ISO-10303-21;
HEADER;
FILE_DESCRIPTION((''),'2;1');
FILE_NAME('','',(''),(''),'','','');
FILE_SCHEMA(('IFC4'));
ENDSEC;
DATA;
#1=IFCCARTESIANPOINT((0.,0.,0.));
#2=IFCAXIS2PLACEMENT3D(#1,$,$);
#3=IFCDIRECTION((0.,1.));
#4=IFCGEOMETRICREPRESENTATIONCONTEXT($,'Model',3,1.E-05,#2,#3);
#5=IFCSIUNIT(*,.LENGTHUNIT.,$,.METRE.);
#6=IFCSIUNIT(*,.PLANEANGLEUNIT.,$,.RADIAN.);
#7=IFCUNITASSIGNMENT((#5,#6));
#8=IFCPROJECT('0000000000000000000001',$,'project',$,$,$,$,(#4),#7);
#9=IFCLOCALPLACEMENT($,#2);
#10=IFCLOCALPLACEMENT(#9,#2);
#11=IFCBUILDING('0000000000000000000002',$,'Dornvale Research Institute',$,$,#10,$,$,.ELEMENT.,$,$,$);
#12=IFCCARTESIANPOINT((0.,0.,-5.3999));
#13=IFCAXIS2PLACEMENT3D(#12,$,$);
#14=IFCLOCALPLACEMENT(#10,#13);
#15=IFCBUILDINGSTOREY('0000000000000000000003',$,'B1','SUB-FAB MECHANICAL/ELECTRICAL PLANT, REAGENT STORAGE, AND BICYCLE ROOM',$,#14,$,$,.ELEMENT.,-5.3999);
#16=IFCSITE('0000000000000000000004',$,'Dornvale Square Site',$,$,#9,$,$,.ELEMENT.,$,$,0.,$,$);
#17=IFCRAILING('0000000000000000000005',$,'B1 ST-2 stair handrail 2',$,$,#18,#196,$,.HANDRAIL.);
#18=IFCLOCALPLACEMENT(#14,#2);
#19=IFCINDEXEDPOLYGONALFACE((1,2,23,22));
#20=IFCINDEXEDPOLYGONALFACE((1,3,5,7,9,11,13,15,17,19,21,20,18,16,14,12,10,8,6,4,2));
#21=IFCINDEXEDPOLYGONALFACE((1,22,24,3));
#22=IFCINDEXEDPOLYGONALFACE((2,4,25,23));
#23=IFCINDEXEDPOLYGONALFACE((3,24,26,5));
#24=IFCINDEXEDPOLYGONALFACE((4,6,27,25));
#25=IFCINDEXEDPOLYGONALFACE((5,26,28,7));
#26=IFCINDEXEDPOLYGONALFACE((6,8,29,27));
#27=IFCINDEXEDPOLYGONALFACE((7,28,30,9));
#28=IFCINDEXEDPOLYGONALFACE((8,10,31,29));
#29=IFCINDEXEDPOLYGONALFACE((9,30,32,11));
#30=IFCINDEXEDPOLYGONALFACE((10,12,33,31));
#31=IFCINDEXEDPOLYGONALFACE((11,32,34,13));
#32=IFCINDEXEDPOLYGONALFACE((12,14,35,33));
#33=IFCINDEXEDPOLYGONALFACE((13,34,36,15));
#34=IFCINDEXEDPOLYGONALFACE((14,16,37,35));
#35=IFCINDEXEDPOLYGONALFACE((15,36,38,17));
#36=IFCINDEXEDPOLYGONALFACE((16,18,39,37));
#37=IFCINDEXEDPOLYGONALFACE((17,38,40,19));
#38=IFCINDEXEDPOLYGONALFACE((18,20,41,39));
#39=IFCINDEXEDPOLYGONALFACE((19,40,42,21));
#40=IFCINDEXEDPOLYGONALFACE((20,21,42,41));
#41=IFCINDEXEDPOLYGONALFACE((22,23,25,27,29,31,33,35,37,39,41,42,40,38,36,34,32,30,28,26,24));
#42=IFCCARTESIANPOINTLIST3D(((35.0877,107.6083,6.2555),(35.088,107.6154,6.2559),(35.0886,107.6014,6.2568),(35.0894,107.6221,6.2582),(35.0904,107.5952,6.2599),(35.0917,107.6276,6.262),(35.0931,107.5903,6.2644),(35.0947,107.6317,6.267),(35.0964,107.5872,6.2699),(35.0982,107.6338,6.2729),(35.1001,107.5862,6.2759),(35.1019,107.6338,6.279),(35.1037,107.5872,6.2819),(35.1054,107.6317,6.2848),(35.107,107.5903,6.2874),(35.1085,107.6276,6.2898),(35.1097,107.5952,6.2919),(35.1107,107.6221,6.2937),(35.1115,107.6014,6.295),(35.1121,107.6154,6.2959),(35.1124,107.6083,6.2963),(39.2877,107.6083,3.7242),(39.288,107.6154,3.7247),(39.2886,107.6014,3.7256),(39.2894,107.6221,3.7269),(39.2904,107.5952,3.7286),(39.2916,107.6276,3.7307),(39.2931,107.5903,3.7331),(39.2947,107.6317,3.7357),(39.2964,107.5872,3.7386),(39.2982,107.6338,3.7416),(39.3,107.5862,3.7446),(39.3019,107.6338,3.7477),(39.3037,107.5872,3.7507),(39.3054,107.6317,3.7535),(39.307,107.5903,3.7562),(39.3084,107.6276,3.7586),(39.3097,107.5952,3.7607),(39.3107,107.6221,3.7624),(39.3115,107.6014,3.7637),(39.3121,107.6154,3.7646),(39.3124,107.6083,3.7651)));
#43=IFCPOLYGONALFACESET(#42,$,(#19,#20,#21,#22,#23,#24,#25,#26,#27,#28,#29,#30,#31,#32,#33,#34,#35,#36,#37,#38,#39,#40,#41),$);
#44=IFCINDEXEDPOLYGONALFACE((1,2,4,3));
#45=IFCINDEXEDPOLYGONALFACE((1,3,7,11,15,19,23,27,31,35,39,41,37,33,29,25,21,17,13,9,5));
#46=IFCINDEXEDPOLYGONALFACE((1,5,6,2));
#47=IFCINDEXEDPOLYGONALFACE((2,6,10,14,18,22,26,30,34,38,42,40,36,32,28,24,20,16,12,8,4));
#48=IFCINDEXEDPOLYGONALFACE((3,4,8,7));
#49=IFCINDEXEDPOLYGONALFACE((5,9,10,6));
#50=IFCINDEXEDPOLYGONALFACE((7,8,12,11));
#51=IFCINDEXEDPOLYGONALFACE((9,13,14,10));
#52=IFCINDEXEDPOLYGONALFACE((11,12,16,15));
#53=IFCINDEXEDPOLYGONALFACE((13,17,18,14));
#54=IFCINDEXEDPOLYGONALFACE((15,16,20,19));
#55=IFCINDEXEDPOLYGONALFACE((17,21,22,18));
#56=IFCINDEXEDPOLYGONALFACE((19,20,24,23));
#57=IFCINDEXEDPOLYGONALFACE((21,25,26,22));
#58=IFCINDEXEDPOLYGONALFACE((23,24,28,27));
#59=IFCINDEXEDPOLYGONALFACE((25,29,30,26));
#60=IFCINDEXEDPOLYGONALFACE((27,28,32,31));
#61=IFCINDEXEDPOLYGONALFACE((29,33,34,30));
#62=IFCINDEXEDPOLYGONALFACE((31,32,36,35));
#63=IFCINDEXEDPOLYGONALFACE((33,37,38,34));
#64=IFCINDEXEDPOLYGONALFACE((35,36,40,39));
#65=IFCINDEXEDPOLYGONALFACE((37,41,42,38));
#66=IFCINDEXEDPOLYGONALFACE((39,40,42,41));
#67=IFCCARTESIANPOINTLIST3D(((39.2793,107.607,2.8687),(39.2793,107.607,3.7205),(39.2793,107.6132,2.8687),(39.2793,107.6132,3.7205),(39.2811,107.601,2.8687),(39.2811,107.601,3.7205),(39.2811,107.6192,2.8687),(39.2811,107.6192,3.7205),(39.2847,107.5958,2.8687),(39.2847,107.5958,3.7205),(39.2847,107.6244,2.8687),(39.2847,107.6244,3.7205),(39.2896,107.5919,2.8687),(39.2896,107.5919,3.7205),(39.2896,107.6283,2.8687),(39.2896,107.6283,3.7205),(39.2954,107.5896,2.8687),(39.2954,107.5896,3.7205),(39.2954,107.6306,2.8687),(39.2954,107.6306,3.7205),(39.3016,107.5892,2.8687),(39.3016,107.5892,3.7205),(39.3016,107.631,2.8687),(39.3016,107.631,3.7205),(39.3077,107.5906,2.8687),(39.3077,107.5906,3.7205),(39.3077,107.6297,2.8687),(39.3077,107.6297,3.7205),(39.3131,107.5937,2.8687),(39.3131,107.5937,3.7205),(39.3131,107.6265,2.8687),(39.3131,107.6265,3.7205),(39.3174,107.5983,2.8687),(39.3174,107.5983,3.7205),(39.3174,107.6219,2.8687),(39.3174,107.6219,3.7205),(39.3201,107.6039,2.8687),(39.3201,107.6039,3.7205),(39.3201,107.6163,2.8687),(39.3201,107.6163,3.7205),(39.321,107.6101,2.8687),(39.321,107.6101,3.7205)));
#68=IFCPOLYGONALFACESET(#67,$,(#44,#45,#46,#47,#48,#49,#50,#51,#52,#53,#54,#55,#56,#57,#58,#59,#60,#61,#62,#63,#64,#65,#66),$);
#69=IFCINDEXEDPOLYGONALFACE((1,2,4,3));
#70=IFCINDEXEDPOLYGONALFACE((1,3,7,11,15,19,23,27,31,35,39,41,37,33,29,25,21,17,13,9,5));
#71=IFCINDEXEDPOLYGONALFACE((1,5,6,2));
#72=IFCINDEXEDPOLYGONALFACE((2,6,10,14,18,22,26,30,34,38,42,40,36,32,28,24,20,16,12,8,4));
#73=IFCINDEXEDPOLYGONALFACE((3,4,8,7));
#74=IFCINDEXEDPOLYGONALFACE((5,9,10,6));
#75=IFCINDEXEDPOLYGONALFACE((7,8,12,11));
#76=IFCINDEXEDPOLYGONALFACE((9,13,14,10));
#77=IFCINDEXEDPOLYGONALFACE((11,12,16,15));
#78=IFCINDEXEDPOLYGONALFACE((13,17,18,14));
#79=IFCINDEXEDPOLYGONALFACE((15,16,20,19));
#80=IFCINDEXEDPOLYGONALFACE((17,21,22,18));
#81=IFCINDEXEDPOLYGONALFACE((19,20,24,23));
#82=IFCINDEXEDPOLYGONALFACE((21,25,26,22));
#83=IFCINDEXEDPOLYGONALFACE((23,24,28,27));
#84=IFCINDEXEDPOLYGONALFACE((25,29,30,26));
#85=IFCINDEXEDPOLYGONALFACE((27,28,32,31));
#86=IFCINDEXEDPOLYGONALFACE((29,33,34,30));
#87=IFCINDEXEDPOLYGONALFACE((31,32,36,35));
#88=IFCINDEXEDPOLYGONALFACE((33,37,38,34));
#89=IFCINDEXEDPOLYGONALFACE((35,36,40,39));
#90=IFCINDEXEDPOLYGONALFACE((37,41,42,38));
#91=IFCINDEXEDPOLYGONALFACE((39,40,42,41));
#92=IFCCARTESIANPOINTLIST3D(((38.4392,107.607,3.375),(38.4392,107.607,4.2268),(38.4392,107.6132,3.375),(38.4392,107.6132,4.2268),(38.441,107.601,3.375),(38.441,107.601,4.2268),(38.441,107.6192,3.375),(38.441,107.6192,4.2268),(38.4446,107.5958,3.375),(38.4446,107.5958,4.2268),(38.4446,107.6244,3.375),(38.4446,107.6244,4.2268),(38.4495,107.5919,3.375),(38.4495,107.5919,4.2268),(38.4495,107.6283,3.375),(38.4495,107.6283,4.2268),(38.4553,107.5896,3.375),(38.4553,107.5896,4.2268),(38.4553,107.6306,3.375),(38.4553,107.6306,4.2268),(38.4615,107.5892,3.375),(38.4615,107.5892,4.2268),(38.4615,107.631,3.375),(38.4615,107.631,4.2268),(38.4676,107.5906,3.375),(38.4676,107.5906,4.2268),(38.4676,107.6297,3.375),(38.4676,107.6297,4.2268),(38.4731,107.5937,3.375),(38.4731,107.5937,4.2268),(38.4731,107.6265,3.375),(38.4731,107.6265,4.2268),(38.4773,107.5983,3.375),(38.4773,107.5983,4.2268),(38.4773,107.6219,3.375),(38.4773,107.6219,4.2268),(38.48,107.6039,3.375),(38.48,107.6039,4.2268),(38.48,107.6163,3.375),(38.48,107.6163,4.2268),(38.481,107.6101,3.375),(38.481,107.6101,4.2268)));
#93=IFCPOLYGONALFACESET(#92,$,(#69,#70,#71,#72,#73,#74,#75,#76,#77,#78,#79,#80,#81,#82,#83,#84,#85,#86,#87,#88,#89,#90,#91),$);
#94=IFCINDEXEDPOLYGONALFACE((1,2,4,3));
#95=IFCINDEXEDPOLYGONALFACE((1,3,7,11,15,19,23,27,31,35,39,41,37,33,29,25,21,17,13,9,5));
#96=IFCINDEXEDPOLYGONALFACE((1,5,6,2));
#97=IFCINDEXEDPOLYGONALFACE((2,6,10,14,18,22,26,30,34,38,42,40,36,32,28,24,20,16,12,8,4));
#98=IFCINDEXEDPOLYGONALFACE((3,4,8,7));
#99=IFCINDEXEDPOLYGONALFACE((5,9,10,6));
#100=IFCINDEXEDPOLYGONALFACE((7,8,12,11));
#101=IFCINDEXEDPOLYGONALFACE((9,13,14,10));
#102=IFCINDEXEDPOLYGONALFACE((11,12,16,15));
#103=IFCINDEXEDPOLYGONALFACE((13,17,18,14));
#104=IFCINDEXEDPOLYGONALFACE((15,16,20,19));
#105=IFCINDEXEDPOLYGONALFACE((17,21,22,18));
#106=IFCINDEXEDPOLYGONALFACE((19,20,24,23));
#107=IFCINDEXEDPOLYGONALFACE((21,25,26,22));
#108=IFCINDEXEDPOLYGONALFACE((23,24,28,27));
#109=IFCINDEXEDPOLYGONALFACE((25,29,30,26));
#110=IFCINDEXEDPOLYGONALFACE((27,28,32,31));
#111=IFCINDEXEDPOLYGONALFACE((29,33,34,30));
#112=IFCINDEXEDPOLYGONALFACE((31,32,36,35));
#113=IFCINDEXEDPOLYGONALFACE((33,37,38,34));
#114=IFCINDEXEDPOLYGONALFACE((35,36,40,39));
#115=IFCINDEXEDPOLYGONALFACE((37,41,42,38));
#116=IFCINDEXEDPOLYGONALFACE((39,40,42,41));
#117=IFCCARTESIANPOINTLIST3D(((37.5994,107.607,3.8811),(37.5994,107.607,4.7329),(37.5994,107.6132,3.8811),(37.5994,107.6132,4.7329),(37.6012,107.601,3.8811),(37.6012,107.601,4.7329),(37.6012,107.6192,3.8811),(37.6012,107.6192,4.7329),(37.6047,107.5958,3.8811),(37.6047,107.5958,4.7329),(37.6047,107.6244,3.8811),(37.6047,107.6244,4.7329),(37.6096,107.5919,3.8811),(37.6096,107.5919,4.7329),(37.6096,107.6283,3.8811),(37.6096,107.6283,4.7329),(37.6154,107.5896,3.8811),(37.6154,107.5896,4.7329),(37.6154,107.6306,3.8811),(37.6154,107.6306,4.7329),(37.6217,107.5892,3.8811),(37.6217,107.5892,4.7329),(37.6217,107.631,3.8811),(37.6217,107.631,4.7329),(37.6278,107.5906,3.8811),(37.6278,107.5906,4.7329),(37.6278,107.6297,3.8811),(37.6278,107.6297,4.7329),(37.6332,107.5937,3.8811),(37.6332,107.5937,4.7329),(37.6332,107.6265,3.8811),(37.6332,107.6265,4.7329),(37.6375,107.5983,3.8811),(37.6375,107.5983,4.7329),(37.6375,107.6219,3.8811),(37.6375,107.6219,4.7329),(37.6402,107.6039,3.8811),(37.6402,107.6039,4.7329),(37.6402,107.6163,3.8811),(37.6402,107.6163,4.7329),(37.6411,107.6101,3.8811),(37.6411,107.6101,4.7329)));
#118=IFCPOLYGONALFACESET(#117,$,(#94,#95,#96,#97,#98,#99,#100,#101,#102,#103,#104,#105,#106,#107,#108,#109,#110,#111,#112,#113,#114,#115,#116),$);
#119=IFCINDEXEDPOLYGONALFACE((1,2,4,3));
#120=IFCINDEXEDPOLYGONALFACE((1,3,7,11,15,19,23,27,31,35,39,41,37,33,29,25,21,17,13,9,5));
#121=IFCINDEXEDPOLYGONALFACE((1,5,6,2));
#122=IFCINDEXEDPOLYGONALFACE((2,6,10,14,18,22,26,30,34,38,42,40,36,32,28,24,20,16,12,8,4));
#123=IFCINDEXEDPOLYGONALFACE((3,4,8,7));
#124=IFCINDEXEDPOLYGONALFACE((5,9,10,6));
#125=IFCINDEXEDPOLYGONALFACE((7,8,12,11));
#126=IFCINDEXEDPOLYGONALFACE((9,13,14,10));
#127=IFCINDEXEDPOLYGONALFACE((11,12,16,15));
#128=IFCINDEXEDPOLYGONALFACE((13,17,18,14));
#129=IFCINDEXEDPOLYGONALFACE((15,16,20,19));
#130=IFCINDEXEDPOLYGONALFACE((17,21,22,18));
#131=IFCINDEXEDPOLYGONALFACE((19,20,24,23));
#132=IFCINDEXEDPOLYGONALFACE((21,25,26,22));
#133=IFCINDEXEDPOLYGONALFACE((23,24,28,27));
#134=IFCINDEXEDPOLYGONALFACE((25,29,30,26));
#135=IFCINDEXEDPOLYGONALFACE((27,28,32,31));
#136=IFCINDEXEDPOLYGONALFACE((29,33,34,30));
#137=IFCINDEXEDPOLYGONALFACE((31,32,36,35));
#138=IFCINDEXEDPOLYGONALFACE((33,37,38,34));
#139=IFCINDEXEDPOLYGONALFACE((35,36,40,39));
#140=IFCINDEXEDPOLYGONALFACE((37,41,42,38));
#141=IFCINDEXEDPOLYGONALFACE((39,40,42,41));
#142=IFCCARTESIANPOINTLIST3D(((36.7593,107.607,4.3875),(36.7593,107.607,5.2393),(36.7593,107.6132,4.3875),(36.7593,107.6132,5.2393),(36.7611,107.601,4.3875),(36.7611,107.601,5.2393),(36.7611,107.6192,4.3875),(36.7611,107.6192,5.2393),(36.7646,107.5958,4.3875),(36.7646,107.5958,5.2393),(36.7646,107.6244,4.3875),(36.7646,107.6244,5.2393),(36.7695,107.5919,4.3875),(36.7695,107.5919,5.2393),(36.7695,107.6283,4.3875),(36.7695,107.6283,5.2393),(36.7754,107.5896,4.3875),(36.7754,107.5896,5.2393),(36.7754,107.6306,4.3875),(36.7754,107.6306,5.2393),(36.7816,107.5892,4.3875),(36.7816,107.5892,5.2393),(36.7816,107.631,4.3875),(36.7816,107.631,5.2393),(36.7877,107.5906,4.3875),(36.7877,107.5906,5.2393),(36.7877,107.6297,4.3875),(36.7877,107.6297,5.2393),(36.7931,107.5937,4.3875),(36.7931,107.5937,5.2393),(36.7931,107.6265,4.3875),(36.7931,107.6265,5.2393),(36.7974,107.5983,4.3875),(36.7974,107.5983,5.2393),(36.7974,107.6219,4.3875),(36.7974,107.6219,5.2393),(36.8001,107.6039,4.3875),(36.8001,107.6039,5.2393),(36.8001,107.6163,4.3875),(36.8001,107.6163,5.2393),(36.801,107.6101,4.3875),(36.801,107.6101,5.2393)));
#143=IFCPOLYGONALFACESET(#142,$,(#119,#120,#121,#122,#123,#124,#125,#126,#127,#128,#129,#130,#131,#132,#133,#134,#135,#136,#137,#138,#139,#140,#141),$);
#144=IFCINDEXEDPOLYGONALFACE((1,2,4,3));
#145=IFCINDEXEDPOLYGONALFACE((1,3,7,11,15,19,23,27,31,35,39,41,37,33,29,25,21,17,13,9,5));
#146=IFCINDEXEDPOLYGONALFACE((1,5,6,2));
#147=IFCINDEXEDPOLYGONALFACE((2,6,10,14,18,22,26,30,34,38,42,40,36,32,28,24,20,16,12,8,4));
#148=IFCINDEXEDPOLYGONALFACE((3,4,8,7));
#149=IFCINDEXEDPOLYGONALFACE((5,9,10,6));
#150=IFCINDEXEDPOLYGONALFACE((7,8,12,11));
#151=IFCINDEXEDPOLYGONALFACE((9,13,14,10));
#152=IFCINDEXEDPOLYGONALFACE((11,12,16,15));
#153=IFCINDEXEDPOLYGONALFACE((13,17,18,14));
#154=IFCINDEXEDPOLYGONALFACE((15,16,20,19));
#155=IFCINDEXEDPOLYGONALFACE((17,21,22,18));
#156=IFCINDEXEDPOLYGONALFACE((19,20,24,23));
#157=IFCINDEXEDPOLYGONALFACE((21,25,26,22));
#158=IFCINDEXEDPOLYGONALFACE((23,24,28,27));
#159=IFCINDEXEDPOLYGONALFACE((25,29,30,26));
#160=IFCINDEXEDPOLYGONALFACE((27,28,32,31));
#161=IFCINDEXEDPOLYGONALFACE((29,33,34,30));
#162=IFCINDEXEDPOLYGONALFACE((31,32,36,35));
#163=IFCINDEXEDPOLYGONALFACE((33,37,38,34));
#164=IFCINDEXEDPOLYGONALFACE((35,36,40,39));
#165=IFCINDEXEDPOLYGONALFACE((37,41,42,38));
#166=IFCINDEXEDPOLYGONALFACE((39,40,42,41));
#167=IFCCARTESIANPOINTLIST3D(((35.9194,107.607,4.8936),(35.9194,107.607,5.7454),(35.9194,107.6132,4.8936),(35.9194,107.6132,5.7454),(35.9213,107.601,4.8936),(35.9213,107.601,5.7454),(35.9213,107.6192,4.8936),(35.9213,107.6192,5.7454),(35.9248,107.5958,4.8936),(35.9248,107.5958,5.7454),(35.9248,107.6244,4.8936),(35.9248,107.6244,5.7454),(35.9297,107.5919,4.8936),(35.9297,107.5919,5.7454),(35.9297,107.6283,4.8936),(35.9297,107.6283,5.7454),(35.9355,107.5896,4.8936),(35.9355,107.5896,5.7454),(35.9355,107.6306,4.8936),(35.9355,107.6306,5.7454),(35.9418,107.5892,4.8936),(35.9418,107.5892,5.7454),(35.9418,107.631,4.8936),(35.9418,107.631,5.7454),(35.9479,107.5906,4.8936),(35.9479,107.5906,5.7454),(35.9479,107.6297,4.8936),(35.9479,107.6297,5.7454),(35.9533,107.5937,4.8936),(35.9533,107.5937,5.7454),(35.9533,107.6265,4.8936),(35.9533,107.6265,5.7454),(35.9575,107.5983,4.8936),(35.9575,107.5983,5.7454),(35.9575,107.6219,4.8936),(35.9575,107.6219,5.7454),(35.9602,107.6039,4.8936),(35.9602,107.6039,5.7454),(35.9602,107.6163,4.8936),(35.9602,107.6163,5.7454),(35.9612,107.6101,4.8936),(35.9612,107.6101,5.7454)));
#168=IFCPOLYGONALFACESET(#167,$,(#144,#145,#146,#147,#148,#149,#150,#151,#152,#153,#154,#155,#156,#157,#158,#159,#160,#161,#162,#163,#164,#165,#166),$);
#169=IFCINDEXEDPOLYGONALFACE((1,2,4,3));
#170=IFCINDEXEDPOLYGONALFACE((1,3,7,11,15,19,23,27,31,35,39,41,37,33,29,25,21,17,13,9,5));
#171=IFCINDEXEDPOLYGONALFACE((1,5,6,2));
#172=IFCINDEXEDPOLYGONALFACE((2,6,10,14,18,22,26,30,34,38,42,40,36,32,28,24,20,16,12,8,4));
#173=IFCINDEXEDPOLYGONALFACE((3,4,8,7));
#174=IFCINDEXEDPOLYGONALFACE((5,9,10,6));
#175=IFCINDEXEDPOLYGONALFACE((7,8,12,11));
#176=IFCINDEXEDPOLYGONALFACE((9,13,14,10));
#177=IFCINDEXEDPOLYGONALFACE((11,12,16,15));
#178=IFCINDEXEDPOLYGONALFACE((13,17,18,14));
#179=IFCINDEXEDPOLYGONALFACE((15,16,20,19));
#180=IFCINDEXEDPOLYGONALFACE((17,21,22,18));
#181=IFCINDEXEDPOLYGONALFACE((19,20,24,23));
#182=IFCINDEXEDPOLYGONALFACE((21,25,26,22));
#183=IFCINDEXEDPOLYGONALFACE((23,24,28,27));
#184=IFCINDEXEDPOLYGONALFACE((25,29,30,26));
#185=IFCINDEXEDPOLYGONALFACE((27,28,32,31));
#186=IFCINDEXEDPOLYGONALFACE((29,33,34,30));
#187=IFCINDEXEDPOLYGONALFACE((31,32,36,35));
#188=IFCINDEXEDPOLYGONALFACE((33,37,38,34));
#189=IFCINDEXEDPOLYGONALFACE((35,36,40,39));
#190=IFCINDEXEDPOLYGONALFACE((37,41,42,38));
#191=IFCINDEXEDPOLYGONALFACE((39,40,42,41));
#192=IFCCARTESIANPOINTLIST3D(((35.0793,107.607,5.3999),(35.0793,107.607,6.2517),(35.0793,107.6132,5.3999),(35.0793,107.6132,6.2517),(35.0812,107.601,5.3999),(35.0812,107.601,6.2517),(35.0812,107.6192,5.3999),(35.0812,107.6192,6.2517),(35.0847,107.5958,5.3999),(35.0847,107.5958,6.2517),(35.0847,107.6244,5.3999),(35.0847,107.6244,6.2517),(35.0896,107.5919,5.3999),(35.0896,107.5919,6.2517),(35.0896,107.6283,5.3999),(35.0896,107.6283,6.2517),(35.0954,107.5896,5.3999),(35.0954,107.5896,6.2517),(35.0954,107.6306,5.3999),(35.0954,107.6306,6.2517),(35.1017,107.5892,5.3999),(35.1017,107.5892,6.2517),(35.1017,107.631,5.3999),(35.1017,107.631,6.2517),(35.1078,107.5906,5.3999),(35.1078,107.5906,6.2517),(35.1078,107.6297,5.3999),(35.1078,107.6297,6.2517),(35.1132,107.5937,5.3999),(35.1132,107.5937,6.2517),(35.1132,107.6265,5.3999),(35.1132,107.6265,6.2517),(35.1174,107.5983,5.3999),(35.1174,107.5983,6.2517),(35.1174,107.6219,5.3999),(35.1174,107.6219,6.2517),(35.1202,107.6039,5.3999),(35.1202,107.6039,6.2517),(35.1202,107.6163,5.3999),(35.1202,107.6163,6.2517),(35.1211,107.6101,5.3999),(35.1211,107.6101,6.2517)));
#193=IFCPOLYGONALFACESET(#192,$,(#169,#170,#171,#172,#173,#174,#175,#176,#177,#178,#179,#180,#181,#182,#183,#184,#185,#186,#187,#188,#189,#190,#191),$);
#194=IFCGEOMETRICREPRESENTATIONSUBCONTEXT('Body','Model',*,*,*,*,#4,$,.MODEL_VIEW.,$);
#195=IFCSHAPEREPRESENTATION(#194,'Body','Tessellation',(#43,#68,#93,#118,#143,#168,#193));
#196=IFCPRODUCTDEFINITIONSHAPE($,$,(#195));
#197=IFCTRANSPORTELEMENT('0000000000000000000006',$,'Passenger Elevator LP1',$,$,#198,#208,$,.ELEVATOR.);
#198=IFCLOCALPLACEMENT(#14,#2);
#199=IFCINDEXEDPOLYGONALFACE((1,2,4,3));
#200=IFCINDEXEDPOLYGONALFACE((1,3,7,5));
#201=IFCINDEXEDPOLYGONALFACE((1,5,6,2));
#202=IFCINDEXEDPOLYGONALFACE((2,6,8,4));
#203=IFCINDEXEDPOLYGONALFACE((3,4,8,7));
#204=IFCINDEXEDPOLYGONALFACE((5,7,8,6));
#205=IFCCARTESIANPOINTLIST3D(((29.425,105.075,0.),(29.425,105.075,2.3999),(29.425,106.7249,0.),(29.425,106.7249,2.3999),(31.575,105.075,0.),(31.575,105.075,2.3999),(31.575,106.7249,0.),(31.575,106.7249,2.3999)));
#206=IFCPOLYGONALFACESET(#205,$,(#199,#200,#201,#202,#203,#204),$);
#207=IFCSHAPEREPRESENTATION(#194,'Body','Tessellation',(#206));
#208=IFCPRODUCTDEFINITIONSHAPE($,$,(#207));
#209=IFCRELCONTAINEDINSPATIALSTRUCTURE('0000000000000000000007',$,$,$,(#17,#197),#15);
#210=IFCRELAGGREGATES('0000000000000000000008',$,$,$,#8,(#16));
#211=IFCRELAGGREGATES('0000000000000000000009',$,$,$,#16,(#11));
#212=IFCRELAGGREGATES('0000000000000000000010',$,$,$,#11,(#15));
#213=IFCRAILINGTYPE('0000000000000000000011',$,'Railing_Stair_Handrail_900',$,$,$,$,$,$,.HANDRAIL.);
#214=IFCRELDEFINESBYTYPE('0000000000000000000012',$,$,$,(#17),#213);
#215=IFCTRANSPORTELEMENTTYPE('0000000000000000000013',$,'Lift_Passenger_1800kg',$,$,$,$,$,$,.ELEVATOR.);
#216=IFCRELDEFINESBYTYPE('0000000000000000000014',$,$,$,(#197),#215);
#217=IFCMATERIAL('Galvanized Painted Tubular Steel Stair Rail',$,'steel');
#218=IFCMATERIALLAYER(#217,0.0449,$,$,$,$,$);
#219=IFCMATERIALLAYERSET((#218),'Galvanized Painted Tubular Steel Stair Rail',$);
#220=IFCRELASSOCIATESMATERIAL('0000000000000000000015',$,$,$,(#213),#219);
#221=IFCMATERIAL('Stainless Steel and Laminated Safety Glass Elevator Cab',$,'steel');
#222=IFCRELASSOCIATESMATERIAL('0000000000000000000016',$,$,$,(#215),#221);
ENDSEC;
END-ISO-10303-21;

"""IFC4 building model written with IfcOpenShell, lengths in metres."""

from ifc_helpers import new_model, si_unit, direction, frame, origin, origin_2d, place, context, subcontext, project, spatial, rectangle, circle, extrude, material, layer, layer_set, type_object, element, save


model = new_model("IFC4")

# Units and contexts
model_context = context("Model", 3, precision=1e-05, world=origin(), true_north=direction((0.0, 1.0)))
body_context = subcontext(model_context, "Body", "Model", "MODEL_VIEW")
ifc_project = project(units=[si_unit("LENGTHUNIT", "METRE"), si_unit("PLANEANGLEUNIT", "RADIAN")], contexts=[model_context])

# Site, building, storey
site_placement = place(None, origin())
site = spatial("IfcSite", under=ifc_project, at=site_placement, Name="Dornvale Square Site", CompositionType="ELEMENT", RefElevation=0.0)
building_placement = place(site_placement, origin())
building = spatial("IfcBuilding", under=site, at=building_placement, Name="Dornvale Research Institute", CompositionType="ELEMENT")
storey_placement = place(building_placement, frame((0.0, 0.0, -5.3999)))
storey = spatial("IfcBuildingStorey", under=building, at=storey_placement, Name="B1", Description="SUB-FAB MECHANICAL/ELECTRICAL PLANT, REAGENT STORAGE, AND BICYCLE ROOM", CompositionType="ELEMENT", Elevation=-5.3999)

# Railing
ifc_material_1 = material(Name="Galvanized Painted Tubular Steel Stair Rail", Category="steel")
ifc_layer_1 = layer(ifc_material_1, 0.0449)
ifc_layer_set_1 = layer_set([ifc_layer_1], Name="Galvanized Painted Tubular Steel Stair Rail")
railing_type_1 = type_object("IfcRailingType", Name="Railing_Stair_Handrail_900", PredefinedType="HANDRAIL", material=ifc_layer_set_1)
railing_1_placement = place(storey_placement, frame((39.3, 107.6101, 2.8687)))
element("IfcRailing", 1, at=railing_1_placement, inside=storey, type_object=railing_type_1, Name="B1 ST-2 stair handrail 2", PredefinedType="HANDRAIL", context=body_context, shape_type="SweptSolid", body=[
    extrude(circle(Radius=0.0239, at=origin_2d()), frame((0.0, 0.0, 0.876), z_axis=(-0.856476, 0.0, 0.516186), x_axis=(0.0, -1.0, 0.0)), (0.0, 0.0, 1.0), 4.9038),
    extrude(circle(Radius=0.021, at=origin_2d()), origin(), (0.0, 0.0, 1.0), 0.8518),
    extrude(circle(Radius=0.021, at=origin_2d()), frame((-0.8401, 0.0, 0.5063)), (0.0, 0.0, 1.0), 0.8518),
    extrude(circle(Radius=0.021, at=origin_2d()), frame((-1.6799, 0.0, 1.0125)), (0.0, 0.0, 1.0), 0.8518),
    extrude(circle(Radius=0.021, at=origin_2d()), frame((-2.52, 0.0, 1.5188)), (0.0, 0.0, 1.0), 0.8518),
    extrude(circle(Radius=0.021, at=origin_2d()), frame((-3.3599, 0.0, 2.0249)), (0.0, 0.0, 1.0), 0.8518),
    extrude(circle(Radius=0.021, at=origin_2d()), frame((-4.2, 0.0, 2.5312)), (0.0, 0.0, 1.0), 0.8518),
])

# Transport element
ifc_material_2 = material(Name="Stainless Steel and Laminated Safety Glass Elevator Cab", Category="steel")
transport_element_type = type_object("IfcTransportElementType", Name="Lift_Passenger_1800kg", PredefinedType="ELEVATOR", material=ifc_material_2)
transport_element_placement = place(storey_placement, frame((30.5, 105.8999, 0.0), z_axis=(0.0, 0.0, 1.0), x_axis=(1.0, 0.0, 0.0)))
element("IfcTransportElement", 2, at=transport_element_placement, inside=storey, type_object=transport_element_type, Name="Passenger Elevator LP1", PredefinedType="ELEVATOR", context=body_context, shape_type="SweptSolid", body=[
    extrude(rectangle(XDim=2.1499, YDim=1.6499, at=origin_2d()), origin(), (0.0, 0.0, 1.0), 2.3999),
])

save(model, "model.ifc")
